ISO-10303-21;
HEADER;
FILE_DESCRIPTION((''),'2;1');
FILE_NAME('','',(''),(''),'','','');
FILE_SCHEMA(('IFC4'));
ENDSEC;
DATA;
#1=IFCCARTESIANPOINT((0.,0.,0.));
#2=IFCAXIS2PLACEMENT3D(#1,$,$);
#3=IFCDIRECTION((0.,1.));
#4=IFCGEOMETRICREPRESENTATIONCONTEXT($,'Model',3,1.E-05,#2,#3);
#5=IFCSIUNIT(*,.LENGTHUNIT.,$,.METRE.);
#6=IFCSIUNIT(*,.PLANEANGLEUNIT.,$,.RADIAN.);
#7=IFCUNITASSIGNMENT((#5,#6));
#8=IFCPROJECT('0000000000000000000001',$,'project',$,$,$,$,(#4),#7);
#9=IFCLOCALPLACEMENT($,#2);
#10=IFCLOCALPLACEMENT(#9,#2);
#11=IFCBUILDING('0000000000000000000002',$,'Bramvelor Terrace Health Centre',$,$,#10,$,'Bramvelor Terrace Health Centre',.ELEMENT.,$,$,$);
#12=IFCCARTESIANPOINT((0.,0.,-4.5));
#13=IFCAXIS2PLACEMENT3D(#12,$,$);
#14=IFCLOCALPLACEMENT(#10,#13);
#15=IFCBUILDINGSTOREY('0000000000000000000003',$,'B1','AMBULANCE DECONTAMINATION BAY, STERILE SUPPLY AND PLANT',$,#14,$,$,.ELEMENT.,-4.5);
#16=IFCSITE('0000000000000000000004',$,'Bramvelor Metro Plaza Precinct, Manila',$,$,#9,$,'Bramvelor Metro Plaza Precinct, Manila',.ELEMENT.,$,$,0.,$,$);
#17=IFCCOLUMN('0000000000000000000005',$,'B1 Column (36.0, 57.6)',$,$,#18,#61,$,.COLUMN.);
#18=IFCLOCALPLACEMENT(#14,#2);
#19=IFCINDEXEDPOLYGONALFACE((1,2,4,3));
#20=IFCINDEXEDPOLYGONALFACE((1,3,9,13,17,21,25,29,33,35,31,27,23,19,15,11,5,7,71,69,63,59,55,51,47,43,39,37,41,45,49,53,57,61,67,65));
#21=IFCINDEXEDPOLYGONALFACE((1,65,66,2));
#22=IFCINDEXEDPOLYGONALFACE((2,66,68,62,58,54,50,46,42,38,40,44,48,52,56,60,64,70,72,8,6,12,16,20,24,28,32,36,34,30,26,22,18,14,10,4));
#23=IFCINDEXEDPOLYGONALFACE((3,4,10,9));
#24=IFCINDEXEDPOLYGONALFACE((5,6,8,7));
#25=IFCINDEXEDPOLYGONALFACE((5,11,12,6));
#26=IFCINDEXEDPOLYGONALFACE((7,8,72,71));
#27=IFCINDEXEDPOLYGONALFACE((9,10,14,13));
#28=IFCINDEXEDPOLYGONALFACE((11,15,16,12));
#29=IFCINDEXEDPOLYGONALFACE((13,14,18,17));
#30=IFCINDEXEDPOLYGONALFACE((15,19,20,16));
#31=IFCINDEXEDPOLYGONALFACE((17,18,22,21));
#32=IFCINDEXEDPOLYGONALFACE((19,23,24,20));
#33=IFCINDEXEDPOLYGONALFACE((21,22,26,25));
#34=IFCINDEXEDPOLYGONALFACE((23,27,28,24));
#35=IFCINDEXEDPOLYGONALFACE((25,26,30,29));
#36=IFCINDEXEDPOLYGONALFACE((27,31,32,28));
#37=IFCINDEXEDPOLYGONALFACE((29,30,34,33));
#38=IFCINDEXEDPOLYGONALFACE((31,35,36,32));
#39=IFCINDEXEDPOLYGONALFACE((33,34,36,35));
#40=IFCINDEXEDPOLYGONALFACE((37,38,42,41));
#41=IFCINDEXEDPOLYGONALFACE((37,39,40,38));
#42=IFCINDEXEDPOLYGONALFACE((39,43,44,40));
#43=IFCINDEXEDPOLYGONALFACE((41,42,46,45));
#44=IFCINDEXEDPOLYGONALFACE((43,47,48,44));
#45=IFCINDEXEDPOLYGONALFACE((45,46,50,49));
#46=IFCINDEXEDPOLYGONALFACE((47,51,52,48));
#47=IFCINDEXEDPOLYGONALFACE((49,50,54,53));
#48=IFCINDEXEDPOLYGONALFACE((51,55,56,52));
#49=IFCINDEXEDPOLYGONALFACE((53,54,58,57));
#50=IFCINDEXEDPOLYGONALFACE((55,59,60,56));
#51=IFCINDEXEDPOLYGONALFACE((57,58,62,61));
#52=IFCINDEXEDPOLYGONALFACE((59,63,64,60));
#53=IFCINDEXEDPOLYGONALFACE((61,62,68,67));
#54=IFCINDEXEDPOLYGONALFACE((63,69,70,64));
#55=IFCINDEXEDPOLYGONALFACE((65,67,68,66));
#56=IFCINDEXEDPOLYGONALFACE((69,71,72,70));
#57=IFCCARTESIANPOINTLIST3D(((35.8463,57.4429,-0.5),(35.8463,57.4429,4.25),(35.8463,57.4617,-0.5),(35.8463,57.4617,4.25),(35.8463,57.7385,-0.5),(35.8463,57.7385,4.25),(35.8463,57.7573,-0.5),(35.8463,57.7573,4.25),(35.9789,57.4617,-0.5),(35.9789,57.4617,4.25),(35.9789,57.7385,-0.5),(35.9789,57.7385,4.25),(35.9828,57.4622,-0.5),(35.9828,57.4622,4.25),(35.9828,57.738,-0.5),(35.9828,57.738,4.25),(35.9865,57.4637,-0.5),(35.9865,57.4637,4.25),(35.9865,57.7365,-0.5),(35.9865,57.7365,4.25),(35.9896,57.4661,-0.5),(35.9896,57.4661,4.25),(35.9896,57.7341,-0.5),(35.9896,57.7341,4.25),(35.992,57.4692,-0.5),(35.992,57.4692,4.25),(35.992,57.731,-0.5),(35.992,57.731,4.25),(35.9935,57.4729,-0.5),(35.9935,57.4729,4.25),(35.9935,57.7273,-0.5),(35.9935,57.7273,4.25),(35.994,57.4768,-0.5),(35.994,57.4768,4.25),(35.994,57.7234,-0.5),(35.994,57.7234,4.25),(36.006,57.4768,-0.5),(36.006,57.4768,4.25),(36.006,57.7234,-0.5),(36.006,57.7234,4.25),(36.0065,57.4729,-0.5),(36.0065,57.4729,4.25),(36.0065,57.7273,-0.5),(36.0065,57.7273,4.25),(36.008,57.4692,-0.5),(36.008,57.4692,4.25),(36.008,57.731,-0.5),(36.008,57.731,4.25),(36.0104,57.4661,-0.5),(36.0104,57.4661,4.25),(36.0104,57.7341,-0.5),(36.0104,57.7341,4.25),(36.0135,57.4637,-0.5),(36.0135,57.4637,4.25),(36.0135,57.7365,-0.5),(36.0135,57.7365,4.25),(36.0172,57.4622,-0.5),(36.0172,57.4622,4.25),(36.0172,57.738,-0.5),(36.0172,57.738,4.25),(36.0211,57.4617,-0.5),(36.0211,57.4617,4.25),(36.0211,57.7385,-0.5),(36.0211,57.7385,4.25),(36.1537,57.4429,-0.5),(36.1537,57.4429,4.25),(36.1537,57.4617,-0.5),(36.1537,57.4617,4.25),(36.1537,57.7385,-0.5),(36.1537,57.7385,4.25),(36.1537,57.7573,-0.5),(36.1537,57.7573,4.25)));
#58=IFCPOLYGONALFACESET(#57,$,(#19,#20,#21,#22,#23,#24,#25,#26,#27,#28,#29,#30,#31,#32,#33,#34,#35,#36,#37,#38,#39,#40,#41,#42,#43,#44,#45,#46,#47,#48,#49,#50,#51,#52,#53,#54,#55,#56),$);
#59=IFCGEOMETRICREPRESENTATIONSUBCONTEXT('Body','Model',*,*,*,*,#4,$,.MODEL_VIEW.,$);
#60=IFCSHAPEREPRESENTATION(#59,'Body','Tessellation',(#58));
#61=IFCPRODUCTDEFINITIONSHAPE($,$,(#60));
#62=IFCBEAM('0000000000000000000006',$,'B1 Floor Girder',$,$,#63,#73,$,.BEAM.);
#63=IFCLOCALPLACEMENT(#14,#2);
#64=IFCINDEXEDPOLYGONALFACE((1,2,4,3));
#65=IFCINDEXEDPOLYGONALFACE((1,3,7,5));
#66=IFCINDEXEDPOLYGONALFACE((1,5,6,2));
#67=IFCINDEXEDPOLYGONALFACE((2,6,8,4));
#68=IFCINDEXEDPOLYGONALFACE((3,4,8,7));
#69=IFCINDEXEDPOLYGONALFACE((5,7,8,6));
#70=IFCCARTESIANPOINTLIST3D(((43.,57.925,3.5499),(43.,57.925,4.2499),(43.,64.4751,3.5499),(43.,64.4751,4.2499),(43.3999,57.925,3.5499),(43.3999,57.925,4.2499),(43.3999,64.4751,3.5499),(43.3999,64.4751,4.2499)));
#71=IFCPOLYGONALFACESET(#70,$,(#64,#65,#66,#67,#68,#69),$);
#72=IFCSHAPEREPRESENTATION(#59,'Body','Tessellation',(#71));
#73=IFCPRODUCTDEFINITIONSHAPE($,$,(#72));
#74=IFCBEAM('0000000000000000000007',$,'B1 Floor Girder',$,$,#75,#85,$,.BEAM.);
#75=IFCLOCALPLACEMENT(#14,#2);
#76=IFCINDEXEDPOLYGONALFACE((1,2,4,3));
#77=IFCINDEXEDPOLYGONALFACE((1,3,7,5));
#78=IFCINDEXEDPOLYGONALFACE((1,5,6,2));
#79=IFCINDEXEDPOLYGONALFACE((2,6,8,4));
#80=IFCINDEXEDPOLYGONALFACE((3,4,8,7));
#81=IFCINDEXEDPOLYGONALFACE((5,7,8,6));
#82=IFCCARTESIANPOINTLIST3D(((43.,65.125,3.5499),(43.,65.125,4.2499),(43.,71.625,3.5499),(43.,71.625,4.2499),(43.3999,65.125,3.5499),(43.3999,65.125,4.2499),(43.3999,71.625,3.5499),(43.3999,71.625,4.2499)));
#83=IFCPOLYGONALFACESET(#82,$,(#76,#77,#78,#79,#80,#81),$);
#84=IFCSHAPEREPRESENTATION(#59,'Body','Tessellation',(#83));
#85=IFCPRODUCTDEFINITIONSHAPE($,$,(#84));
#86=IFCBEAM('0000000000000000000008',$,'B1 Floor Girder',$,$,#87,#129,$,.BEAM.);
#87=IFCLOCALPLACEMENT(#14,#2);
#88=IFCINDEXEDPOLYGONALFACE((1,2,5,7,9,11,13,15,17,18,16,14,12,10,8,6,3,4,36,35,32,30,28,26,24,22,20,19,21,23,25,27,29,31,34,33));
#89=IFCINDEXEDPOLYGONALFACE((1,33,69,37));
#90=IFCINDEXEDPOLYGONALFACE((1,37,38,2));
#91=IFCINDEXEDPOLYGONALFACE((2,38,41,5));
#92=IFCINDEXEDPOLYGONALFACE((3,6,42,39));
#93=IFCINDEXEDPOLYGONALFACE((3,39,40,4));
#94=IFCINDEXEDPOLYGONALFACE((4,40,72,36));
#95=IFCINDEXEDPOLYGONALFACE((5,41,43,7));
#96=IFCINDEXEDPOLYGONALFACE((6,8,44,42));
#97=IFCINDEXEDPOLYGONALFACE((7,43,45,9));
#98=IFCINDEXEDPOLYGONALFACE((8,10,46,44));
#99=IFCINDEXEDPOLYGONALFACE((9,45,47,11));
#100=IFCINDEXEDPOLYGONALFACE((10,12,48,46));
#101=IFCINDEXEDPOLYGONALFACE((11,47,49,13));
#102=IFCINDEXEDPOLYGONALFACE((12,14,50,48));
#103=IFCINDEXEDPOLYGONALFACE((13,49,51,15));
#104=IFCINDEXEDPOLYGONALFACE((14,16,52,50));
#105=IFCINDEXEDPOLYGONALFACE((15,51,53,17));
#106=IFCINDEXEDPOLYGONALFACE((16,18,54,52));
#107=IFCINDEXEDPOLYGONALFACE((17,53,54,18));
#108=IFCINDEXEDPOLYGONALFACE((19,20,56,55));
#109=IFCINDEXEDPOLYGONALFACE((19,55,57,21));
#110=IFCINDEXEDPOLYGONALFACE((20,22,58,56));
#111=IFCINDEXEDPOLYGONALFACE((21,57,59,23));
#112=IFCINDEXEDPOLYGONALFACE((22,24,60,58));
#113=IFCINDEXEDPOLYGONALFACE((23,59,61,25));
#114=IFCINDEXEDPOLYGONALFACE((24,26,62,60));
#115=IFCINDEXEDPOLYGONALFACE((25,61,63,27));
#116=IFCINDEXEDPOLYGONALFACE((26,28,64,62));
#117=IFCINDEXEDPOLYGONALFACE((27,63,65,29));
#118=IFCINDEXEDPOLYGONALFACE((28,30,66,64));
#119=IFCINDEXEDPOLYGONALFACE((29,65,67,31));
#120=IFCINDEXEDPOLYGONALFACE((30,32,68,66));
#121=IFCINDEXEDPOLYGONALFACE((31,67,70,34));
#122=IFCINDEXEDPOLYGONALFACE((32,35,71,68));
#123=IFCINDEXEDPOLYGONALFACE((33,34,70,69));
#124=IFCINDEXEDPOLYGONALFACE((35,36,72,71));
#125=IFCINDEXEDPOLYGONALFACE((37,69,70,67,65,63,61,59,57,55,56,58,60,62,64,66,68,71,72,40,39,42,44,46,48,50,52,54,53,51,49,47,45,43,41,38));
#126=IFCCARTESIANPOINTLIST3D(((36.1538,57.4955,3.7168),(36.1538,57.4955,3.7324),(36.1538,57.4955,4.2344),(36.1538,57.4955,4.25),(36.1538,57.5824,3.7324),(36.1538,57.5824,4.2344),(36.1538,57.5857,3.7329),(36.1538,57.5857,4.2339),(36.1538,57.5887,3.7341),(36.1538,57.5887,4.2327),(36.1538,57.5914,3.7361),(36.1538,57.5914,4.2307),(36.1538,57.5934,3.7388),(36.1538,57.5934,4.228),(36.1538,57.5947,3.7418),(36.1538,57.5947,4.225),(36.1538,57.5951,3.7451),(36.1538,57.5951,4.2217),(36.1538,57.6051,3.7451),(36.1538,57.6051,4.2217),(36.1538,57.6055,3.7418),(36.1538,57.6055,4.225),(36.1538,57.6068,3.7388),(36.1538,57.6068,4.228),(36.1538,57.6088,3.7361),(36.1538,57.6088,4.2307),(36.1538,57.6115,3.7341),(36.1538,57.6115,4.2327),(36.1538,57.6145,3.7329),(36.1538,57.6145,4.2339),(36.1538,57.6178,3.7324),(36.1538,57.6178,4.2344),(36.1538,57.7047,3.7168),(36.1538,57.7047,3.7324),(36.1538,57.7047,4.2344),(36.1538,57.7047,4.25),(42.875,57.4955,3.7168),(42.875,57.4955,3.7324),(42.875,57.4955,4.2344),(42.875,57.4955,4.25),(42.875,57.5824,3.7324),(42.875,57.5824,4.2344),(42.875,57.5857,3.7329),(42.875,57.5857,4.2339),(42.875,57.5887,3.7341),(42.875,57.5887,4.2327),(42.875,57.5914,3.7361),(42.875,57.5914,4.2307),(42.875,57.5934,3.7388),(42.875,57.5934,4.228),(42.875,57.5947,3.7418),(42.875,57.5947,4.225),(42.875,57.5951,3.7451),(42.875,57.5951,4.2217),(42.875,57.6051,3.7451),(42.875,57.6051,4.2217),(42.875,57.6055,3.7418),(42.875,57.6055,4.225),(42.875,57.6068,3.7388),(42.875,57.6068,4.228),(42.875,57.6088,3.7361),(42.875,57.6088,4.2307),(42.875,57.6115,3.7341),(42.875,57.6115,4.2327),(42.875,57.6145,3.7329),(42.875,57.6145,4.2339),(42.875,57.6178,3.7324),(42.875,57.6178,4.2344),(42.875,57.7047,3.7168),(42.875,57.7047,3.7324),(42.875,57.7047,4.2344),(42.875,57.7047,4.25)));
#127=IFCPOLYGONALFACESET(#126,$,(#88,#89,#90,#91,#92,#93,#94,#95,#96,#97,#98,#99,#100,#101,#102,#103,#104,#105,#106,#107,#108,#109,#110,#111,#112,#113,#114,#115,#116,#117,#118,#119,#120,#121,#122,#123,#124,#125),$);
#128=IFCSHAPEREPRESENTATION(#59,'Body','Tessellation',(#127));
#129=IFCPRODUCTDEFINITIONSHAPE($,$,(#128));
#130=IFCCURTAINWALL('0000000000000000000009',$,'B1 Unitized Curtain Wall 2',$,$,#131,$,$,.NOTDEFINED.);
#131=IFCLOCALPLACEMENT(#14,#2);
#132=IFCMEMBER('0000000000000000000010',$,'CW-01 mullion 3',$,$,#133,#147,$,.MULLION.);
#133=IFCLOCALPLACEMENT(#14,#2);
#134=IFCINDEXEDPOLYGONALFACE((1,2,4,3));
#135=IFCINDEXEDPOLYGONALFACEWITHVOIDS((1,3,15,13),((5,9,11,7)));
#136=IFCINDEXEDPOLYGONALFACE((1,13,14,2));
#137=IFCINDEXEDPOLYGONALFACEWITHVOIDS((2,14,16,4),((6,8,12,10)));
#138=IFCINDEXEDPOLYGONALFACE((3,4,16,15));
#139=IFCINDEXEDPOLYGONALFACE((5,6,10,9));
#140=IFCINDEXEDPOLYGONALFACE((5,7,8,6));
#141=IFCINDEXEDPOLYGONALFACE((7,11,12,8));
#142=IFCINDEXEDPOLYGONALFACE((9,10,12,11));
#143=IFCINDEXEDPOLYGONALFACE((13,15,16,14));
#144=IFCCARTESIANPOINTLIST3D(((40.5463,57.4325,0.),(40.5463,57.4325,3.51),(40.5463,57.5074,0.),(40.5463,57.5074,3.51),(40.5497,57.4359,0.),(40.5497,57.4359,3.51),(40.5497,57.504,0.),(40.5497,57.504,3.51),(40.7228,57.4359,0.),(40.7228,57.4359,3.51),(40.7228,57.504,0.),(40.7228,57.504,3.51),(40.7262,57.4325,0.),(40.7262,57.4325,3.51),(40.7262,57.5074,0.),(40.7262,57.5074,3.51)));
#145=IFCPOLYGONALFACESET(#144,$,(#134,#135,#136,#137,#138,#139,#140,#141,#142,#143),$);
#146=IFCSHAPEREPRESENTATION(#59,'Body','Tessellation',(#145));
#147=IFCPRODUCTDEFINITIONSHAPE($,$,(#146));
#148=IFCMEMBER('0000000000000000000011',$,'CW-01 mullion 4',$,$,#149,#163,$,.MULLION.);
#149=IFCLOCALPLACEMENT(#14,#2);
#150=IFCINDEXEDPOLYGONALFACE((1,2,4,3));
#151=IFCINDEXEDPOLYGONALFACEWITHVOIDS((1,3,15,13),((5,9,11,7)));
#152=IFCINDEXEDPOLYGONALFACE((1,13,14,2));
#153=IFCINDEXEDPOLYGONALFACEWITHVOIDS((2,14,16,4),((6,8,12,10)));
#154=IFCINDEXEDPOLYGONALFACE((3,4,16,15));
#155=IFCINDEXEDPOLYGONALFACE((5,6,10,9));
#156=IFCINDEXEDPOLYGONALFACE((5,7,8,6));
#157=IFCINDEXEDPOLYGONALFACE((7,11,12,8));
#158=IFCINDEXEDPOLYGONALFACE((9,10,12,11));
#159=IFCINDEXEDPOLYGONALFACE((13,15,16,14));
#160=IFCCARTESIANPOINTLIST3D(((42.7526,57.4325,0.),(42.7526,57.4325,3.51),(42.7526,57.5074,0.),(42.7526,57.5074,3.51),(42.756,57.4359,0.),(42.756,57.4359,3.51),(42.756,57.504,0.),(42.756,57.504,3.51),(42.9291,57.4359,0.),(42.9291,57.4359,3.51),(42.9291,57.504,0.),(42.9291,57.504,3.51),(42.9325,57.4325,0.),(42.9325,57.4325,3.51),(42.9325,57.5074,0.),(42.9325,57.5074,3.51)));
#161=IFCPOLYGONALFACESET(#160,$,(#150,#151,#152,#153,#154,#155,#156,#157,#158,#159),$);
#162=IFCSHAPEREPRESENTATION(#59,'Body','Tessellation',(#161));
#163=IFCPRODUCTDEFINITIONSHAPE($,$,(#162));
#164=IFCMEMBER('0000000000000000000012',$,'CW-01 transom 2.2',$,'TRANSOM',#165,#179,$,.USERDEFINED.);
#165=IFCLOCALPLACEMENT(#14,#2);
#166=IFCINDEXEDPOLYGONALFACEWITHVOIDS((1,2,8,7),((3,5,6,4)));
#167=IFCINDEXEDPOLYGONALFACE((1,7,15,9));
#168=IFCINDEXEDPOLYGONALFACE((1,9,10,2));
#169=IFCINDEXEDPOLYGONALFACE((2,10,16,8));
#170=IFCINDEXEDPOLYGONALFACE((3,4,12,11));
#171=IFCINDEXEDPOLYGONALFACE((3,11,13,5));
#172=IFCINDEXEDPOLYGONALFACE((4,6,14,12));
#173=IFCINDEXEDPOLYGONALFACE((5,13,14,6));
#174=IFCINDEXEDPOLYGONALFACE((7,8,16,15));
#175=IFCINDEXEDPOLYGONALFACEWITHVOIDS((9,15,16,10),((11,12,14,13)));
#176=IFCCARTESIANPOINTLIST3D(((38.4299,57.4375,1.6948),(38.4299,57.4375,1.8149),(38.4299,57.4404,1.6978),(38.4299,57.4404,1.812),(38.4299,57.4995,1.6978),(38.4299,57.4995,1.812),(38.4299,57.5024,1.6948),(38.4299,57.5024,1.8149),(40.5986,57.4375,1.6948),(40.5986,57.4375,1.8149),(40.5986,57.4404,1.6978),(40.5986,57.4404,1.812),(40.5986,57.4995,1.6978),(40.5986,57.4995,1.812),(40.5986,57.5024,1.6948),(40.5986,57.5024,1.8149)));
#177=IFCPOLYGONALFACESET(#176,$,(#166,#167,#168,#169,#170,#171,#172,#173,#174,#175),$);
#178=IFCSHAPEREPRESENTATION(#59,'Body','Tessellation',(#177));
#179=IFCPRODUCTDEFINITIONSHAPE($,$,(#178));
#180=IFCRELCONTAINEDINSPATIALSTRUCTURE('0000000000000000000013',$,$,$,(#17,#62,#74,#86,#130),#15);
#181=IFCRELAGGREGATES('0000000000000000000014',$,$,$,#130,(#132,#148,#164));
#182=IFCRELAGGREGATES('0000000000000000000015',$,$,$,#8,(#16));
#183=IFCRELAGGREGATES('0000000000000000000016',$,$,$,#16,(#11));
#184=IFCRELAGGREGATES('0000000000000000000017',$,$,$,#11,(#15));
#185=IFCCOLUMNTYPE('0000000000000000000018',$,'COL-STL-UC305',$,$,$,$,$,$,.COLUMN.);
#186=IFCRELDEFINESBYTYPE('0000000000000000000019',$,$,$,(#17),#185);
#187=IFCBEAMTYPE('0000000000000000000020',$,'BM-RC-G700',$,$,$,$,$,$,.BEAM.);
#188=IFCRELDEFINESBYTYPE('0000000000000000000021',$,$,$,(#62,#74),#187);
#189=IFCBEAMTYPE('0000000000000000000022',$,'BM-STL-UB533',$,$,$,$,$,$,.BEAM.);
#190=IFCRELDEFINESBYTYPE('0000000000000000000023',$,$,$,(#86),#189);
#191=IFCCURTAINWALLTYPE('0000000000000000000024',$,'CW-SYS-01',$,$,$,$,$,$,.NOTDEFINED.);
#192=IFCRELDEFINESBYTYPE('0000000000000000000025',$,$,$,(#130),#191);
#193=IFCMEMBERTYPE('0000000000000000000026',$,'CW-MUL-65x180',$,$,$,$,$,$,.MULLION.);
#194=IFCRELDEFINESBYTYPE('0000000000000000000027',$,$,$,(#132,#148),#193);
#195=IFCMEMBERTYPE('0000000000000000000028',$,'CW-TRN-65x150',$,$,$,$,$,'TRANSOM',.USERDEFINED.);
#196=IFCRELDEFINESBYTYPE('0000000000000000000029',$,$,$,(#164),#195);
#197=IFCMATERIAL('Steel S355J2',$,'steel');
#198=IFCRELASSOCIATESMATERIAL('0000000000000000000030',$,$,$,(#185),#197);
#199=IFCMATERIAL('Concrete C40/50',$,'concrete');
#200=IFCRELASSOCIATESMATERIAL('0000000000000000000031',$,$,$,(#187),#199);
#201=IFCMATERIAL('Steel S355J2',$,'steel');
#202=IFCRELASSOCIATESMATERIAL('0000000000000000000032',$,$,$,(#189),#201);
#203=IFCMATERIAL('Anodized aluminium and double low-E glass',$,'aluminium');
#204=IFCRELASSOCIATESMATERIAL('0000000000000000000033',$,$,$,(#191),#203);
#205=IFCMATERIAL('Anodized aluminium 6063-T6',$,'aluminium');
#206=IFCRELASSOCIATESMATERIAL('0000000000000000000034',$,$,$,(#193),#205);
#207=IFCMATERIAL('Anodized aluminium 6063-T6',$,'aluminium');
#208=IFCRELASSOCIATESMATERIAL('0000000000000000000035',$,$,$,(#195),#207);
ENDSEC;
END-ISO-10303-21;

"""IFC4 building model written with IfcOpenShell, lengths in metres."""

from ifc_helpers import new_model, si_unit, direction, frame, origin, origin_2d, place, context, subcontext, project, spatial, rectangle, hollow_rectangle, i_section, extrude, material, material_profile, profile_set, type_object, element, aggregate, save


model = new_model("IFC4")

# Units and contexts
model_context = context("Model", 3, precision=1e-05, world=origin(), true_north=direction((0.0, 1.0)))
body_context = subcontext(model_context, "Body", "Model", "MODEL_VIEW")
ifc_project = project(units=[si_unit("LENGTHUNIT", "METRE"), si_unit("PLANEANGLEUNIT", "RADIAN")], contexts=[model_context])

# Site, building, storey
site_placement = place(None, origin())
site = spatial("IfcSite", under=ifc_project, at=site_placement, Name="Bramvelor Metro Plaza Precinct, Manila", LongName="Bramvelor Metro Plaza Precinct, Manila", CompositionType="ELEMENT", RefElevation=0.0)
building_placement = place(site_placement, origin())
building = spatial("IfcBuilding", under=site, at=building_placement, Name="Bramvelor Terrace Health Centre", LongName="Bramvelor Terrace Health Centre", CompositionType="ELEMENT")
storey_placement = place(building_placement, frame((0.0, 0.0, -4.5)))
storey = spatial("IfcBuildingStorey", under=building, at=storey_placement, Name="B1", Description="AMBULANCE DECONTAMINATION BAY, STERILE SUPPLY AND PLANT", CompositionType="ELEMENT", Elevation=-4.5)

# Column
ifc_material_1 = material(Name="Steel S355J2", Category="steel")
ifc_material_profile_1 = material_profile(ifc_material_1, i_section(OverallWidth=0.3074, OverallDepth=0.3145, WebThickness=0.012, FlangeThickness=0.0188, FilletRadius=0.0151, at=origin_2d()), Name="UC 305x305x118")
ifc_profile_set_1 = profile_set([ifc_material_profile_1], Name="Steel S355J2")
column_type_1 = type_object("IfcColumnType", Name="COL-STL-UC305", PredefinedType="COLUMN", material=ifc_profile_set_1)
column_1_placement = place(storey_placement, frame((36.0, 57.6001, -0.5), z_axis=(0.0, 0.0, 1.0), x_axis=(1.0, 0.0, 0.0)))
element("IfcColumn", 1, at=column_1_placement, inside=storey, type_object=column_type_1, Name="B1 Column (36.0, 57.6)", PredefinedType="COLUMN", context=body_context, shape_type="SweptSolid", body=[
    extrude(i_section(OverallWidth=0.3074, OverallDepth=0.3145, WebThickness=0.012, FlangeThickness=0.0188, FilletRadius=0.0151, at=origin_2d()), origin(), (0.0, 0.0, 1.0), 4.75),
])

# Beams
ifc_material_2 = material(Name="Concrete C40/50", Category="concrete")
ifc_material_profile_2 = material_profile(ifc_material_2, rectangle(XDim=0.3999, YDim=0.7, at=origin_2d()), Name="RC 400x700")
ifc_profile_set_2 = profile_set([ifc_material_profile_2], Name="Concrete C40/50")
beam_type_1 = type_object("IfcBeamType", Name="BM-RC-G700", PredefinedType="BEAM", material=ifc_profile_set_2)
beam_1_placement = place(storey_placement, frame((43.2, 57.925, 3.8999), z_axis=(0.0, 1.0, 0.0), x_axis=(-1.0, 0.0, 0.0)))
element("IfcBeam", 2, at=beam_1_placement, inside=storey, type_object=beam_type_1, Name="B1 Floor Girder", PredefinedType="BEAM", context=body_context, shape_type="SweptSolid", body=[
    extrude(rectangle(XDim=0.3999, YDim=0.7, at=origin_2d()), origin(), (0.0, 0.0, 1.0), 6.55),
])
beam_2_placement = place(storey_placement, frame((43.2, 65.125, 3.8999), z_axis=(0.0, 1.0, 0.0), x_axis=(-1.0, 0.0, 0.0)))
element("IfcBeam", 3, at=beam_2_placement, inside=storey, type_object=beam_type_1, Name="B1 Floor Girder", PredefinedType="BEAM", context=body_context, shape_type="SweptSolid", body=[
    extrude(rectangle(XDim=0.3999, YDim=0.7, at=origin_2d()), origin(), (0.0, 0.0, 1.0), 6.5),
])
ifc_material_3 = material(Name="Steel S355J2", Category="steel")
ifc_material_profile_3 = material_profile(ifc_material_3, i_section(OverallWidth=0.2092, OverallDepth=0.5332, WebThickness=0.01, FlangeThickness=0.0156, FilletRadius=0.0127, at=origin_2d()), Name="UB 533x210x92")
ifc_profile_set_3 = profile_set([ifc_material_profile_3], Name="Steel S355J2")
beam_type_2 = type_object("IfcBeamType", Name="BM-STL-UB533", PredefinedType="BEAM", material=ifc_profile_set_3)
beam_3_placement = place(storey_placement, frame((36.1538, 57.6001, 3.9834), z_axis=(1.0, 0.0, 0.0), x_axis=(0.0, 1.0, 0.0)))
element("IfcBeam", 4, at=beam_3_placement, inside=storey, type_object=beam_type_2, Name="B1 Floor Girder", PredefinedType="BEAM", context=body_context, shape_type="SweptSolid", body=[
    extrude(i_section(OverallWidth=0.2092, OverallDepth=0.5332, WebThickness=0.01, FlangeThickness=0.0156, FilletRadius=0.0127, at=origin_2d()), origin(), (0.0, 0.0, 1.0), 6.7212),
])

# Curtain wall, members
ifc_material_4 = material(Name="Anodized aluminium and double low-E glass", Category="aluminium")
curtain_wall_type = type_object("IfcCurtainWallType", Name="CW-SYS-01", PredefinedType="NOTDEFINED", material=ifc_material_4)
curtain_wall_placement = place(storey_placement, origin())
curtain_wall = element("IfcCurtainWall", 5, at=curtain_wall_placement, inside=storey, type_object=curtain_wall_type, Name="B1 Unitized Curtain Wall 2", PredefinedType="NOTDEFINED")
ifc_material_5 = material(Name="Anodized aluminium 6063-T6", Category="aluminium")
ifc_material_profile_4 = material_profile(ifc_material_5, hollow_rectangle(XDim=0.075, YDim=0.1799, WallThickness=0.0034, at=origin_2d()), Name="ALU-MUL 75x180x3.5")
ifc_profile_set_4 = profile_set([ifc_material_profile_4], Name="Anodized aluminium 6063-T6")
member_type_1 = type_object("IfcMemberType", Name="CW-MUL-65x180", PredefinedType="MULLION", material=ifc_profile_set_4)
member_1_placement = place(storey_placement, frame((40.6362, 57.47, 0.0), z_axis=(0.0, 0.0, 1.0), x_axis=(0.0, 1.0, 0.0)))
member_1 = element("IfcMember", 6, at=member_1_placement, type_object=member_type_1, Name="CW-01 mullion 3", PredefinedType="MULLION", context=body_context, shape_type="SweptSolid", body=[
    extrude(hollow_rectangle(XDim=0.075, YDim=0.1799, WallThickness=0.0034, at=origin_2d()), origin(), (0.0, 0.0, 1.0), 3.51),
])
member_2_placement = place(storey_placement, frame((42.8425, 57.47, 0.0), z_axis=(0.0, 0.0, 1.0), x_axis=(0.0, 1.0, 0.0)))
member_2 = element("IfcMember", 7, at=member_2_placement, type_object=member_type_1, Name="CW-01 mullion 4", PredefinedType="MULLION", context=body_context, shape_type="SweptSolid", body=[
    extrude(hollow_rectangle(XDim=0.075, YDim=0.1799, WallThickness=0.0034, at=origin_2d()), origin(), (0.0, 0.0, 1.0), 3.51),
])
ifc_material_6 = material(Name="Anodized aluminium 6063-T6", Category="aluminium")
ifc_material_profile_5 = material_profile(ifc_material_6, hollow_rectangle(XDim=0.0649, YDim=0.1201, WallThickness=0.0029, at=origin_2d()), Name="ALU-TRN 65x120x3.0")
ifc_profile_set_5 = profile_set([ifc_material_profile_5], Name="Anodized aluminium 6063-T6")
member_type_2 = type_object("IfcMemberType", Name="CW-TRN-65x150", ElementType="TRANSOM", PredefinedType="USERDEFINED", material=ifc_profile_set_5)
member_3_placement = place(storey_placement, frame((38.4299, 57.47, 1.7549), z_axis=(1.0, 0.0, 0.0), x_axis=(0.0, 1.0, 0.0)))
member_3 = element("IfcMember", 8, at=member_3_placement, type_object=member_type_2, Name="CW-01 transom 2.2", ObjectType="TRANSOM", PredefinedType="USERDEFINED", context=body_context, shape_type="SweptSolid", body=[
    extrude(hollow_rectangle(XDim=0.0649, YDim=0.1201, WallThickness=0.0029, at=origin_2d()), origin(), (0.0, 0.0, 1.0), 2.1687),
])
aggregate(curtain_wall, [member_1, member_2, member_3])

save(model, "model.ifc")
